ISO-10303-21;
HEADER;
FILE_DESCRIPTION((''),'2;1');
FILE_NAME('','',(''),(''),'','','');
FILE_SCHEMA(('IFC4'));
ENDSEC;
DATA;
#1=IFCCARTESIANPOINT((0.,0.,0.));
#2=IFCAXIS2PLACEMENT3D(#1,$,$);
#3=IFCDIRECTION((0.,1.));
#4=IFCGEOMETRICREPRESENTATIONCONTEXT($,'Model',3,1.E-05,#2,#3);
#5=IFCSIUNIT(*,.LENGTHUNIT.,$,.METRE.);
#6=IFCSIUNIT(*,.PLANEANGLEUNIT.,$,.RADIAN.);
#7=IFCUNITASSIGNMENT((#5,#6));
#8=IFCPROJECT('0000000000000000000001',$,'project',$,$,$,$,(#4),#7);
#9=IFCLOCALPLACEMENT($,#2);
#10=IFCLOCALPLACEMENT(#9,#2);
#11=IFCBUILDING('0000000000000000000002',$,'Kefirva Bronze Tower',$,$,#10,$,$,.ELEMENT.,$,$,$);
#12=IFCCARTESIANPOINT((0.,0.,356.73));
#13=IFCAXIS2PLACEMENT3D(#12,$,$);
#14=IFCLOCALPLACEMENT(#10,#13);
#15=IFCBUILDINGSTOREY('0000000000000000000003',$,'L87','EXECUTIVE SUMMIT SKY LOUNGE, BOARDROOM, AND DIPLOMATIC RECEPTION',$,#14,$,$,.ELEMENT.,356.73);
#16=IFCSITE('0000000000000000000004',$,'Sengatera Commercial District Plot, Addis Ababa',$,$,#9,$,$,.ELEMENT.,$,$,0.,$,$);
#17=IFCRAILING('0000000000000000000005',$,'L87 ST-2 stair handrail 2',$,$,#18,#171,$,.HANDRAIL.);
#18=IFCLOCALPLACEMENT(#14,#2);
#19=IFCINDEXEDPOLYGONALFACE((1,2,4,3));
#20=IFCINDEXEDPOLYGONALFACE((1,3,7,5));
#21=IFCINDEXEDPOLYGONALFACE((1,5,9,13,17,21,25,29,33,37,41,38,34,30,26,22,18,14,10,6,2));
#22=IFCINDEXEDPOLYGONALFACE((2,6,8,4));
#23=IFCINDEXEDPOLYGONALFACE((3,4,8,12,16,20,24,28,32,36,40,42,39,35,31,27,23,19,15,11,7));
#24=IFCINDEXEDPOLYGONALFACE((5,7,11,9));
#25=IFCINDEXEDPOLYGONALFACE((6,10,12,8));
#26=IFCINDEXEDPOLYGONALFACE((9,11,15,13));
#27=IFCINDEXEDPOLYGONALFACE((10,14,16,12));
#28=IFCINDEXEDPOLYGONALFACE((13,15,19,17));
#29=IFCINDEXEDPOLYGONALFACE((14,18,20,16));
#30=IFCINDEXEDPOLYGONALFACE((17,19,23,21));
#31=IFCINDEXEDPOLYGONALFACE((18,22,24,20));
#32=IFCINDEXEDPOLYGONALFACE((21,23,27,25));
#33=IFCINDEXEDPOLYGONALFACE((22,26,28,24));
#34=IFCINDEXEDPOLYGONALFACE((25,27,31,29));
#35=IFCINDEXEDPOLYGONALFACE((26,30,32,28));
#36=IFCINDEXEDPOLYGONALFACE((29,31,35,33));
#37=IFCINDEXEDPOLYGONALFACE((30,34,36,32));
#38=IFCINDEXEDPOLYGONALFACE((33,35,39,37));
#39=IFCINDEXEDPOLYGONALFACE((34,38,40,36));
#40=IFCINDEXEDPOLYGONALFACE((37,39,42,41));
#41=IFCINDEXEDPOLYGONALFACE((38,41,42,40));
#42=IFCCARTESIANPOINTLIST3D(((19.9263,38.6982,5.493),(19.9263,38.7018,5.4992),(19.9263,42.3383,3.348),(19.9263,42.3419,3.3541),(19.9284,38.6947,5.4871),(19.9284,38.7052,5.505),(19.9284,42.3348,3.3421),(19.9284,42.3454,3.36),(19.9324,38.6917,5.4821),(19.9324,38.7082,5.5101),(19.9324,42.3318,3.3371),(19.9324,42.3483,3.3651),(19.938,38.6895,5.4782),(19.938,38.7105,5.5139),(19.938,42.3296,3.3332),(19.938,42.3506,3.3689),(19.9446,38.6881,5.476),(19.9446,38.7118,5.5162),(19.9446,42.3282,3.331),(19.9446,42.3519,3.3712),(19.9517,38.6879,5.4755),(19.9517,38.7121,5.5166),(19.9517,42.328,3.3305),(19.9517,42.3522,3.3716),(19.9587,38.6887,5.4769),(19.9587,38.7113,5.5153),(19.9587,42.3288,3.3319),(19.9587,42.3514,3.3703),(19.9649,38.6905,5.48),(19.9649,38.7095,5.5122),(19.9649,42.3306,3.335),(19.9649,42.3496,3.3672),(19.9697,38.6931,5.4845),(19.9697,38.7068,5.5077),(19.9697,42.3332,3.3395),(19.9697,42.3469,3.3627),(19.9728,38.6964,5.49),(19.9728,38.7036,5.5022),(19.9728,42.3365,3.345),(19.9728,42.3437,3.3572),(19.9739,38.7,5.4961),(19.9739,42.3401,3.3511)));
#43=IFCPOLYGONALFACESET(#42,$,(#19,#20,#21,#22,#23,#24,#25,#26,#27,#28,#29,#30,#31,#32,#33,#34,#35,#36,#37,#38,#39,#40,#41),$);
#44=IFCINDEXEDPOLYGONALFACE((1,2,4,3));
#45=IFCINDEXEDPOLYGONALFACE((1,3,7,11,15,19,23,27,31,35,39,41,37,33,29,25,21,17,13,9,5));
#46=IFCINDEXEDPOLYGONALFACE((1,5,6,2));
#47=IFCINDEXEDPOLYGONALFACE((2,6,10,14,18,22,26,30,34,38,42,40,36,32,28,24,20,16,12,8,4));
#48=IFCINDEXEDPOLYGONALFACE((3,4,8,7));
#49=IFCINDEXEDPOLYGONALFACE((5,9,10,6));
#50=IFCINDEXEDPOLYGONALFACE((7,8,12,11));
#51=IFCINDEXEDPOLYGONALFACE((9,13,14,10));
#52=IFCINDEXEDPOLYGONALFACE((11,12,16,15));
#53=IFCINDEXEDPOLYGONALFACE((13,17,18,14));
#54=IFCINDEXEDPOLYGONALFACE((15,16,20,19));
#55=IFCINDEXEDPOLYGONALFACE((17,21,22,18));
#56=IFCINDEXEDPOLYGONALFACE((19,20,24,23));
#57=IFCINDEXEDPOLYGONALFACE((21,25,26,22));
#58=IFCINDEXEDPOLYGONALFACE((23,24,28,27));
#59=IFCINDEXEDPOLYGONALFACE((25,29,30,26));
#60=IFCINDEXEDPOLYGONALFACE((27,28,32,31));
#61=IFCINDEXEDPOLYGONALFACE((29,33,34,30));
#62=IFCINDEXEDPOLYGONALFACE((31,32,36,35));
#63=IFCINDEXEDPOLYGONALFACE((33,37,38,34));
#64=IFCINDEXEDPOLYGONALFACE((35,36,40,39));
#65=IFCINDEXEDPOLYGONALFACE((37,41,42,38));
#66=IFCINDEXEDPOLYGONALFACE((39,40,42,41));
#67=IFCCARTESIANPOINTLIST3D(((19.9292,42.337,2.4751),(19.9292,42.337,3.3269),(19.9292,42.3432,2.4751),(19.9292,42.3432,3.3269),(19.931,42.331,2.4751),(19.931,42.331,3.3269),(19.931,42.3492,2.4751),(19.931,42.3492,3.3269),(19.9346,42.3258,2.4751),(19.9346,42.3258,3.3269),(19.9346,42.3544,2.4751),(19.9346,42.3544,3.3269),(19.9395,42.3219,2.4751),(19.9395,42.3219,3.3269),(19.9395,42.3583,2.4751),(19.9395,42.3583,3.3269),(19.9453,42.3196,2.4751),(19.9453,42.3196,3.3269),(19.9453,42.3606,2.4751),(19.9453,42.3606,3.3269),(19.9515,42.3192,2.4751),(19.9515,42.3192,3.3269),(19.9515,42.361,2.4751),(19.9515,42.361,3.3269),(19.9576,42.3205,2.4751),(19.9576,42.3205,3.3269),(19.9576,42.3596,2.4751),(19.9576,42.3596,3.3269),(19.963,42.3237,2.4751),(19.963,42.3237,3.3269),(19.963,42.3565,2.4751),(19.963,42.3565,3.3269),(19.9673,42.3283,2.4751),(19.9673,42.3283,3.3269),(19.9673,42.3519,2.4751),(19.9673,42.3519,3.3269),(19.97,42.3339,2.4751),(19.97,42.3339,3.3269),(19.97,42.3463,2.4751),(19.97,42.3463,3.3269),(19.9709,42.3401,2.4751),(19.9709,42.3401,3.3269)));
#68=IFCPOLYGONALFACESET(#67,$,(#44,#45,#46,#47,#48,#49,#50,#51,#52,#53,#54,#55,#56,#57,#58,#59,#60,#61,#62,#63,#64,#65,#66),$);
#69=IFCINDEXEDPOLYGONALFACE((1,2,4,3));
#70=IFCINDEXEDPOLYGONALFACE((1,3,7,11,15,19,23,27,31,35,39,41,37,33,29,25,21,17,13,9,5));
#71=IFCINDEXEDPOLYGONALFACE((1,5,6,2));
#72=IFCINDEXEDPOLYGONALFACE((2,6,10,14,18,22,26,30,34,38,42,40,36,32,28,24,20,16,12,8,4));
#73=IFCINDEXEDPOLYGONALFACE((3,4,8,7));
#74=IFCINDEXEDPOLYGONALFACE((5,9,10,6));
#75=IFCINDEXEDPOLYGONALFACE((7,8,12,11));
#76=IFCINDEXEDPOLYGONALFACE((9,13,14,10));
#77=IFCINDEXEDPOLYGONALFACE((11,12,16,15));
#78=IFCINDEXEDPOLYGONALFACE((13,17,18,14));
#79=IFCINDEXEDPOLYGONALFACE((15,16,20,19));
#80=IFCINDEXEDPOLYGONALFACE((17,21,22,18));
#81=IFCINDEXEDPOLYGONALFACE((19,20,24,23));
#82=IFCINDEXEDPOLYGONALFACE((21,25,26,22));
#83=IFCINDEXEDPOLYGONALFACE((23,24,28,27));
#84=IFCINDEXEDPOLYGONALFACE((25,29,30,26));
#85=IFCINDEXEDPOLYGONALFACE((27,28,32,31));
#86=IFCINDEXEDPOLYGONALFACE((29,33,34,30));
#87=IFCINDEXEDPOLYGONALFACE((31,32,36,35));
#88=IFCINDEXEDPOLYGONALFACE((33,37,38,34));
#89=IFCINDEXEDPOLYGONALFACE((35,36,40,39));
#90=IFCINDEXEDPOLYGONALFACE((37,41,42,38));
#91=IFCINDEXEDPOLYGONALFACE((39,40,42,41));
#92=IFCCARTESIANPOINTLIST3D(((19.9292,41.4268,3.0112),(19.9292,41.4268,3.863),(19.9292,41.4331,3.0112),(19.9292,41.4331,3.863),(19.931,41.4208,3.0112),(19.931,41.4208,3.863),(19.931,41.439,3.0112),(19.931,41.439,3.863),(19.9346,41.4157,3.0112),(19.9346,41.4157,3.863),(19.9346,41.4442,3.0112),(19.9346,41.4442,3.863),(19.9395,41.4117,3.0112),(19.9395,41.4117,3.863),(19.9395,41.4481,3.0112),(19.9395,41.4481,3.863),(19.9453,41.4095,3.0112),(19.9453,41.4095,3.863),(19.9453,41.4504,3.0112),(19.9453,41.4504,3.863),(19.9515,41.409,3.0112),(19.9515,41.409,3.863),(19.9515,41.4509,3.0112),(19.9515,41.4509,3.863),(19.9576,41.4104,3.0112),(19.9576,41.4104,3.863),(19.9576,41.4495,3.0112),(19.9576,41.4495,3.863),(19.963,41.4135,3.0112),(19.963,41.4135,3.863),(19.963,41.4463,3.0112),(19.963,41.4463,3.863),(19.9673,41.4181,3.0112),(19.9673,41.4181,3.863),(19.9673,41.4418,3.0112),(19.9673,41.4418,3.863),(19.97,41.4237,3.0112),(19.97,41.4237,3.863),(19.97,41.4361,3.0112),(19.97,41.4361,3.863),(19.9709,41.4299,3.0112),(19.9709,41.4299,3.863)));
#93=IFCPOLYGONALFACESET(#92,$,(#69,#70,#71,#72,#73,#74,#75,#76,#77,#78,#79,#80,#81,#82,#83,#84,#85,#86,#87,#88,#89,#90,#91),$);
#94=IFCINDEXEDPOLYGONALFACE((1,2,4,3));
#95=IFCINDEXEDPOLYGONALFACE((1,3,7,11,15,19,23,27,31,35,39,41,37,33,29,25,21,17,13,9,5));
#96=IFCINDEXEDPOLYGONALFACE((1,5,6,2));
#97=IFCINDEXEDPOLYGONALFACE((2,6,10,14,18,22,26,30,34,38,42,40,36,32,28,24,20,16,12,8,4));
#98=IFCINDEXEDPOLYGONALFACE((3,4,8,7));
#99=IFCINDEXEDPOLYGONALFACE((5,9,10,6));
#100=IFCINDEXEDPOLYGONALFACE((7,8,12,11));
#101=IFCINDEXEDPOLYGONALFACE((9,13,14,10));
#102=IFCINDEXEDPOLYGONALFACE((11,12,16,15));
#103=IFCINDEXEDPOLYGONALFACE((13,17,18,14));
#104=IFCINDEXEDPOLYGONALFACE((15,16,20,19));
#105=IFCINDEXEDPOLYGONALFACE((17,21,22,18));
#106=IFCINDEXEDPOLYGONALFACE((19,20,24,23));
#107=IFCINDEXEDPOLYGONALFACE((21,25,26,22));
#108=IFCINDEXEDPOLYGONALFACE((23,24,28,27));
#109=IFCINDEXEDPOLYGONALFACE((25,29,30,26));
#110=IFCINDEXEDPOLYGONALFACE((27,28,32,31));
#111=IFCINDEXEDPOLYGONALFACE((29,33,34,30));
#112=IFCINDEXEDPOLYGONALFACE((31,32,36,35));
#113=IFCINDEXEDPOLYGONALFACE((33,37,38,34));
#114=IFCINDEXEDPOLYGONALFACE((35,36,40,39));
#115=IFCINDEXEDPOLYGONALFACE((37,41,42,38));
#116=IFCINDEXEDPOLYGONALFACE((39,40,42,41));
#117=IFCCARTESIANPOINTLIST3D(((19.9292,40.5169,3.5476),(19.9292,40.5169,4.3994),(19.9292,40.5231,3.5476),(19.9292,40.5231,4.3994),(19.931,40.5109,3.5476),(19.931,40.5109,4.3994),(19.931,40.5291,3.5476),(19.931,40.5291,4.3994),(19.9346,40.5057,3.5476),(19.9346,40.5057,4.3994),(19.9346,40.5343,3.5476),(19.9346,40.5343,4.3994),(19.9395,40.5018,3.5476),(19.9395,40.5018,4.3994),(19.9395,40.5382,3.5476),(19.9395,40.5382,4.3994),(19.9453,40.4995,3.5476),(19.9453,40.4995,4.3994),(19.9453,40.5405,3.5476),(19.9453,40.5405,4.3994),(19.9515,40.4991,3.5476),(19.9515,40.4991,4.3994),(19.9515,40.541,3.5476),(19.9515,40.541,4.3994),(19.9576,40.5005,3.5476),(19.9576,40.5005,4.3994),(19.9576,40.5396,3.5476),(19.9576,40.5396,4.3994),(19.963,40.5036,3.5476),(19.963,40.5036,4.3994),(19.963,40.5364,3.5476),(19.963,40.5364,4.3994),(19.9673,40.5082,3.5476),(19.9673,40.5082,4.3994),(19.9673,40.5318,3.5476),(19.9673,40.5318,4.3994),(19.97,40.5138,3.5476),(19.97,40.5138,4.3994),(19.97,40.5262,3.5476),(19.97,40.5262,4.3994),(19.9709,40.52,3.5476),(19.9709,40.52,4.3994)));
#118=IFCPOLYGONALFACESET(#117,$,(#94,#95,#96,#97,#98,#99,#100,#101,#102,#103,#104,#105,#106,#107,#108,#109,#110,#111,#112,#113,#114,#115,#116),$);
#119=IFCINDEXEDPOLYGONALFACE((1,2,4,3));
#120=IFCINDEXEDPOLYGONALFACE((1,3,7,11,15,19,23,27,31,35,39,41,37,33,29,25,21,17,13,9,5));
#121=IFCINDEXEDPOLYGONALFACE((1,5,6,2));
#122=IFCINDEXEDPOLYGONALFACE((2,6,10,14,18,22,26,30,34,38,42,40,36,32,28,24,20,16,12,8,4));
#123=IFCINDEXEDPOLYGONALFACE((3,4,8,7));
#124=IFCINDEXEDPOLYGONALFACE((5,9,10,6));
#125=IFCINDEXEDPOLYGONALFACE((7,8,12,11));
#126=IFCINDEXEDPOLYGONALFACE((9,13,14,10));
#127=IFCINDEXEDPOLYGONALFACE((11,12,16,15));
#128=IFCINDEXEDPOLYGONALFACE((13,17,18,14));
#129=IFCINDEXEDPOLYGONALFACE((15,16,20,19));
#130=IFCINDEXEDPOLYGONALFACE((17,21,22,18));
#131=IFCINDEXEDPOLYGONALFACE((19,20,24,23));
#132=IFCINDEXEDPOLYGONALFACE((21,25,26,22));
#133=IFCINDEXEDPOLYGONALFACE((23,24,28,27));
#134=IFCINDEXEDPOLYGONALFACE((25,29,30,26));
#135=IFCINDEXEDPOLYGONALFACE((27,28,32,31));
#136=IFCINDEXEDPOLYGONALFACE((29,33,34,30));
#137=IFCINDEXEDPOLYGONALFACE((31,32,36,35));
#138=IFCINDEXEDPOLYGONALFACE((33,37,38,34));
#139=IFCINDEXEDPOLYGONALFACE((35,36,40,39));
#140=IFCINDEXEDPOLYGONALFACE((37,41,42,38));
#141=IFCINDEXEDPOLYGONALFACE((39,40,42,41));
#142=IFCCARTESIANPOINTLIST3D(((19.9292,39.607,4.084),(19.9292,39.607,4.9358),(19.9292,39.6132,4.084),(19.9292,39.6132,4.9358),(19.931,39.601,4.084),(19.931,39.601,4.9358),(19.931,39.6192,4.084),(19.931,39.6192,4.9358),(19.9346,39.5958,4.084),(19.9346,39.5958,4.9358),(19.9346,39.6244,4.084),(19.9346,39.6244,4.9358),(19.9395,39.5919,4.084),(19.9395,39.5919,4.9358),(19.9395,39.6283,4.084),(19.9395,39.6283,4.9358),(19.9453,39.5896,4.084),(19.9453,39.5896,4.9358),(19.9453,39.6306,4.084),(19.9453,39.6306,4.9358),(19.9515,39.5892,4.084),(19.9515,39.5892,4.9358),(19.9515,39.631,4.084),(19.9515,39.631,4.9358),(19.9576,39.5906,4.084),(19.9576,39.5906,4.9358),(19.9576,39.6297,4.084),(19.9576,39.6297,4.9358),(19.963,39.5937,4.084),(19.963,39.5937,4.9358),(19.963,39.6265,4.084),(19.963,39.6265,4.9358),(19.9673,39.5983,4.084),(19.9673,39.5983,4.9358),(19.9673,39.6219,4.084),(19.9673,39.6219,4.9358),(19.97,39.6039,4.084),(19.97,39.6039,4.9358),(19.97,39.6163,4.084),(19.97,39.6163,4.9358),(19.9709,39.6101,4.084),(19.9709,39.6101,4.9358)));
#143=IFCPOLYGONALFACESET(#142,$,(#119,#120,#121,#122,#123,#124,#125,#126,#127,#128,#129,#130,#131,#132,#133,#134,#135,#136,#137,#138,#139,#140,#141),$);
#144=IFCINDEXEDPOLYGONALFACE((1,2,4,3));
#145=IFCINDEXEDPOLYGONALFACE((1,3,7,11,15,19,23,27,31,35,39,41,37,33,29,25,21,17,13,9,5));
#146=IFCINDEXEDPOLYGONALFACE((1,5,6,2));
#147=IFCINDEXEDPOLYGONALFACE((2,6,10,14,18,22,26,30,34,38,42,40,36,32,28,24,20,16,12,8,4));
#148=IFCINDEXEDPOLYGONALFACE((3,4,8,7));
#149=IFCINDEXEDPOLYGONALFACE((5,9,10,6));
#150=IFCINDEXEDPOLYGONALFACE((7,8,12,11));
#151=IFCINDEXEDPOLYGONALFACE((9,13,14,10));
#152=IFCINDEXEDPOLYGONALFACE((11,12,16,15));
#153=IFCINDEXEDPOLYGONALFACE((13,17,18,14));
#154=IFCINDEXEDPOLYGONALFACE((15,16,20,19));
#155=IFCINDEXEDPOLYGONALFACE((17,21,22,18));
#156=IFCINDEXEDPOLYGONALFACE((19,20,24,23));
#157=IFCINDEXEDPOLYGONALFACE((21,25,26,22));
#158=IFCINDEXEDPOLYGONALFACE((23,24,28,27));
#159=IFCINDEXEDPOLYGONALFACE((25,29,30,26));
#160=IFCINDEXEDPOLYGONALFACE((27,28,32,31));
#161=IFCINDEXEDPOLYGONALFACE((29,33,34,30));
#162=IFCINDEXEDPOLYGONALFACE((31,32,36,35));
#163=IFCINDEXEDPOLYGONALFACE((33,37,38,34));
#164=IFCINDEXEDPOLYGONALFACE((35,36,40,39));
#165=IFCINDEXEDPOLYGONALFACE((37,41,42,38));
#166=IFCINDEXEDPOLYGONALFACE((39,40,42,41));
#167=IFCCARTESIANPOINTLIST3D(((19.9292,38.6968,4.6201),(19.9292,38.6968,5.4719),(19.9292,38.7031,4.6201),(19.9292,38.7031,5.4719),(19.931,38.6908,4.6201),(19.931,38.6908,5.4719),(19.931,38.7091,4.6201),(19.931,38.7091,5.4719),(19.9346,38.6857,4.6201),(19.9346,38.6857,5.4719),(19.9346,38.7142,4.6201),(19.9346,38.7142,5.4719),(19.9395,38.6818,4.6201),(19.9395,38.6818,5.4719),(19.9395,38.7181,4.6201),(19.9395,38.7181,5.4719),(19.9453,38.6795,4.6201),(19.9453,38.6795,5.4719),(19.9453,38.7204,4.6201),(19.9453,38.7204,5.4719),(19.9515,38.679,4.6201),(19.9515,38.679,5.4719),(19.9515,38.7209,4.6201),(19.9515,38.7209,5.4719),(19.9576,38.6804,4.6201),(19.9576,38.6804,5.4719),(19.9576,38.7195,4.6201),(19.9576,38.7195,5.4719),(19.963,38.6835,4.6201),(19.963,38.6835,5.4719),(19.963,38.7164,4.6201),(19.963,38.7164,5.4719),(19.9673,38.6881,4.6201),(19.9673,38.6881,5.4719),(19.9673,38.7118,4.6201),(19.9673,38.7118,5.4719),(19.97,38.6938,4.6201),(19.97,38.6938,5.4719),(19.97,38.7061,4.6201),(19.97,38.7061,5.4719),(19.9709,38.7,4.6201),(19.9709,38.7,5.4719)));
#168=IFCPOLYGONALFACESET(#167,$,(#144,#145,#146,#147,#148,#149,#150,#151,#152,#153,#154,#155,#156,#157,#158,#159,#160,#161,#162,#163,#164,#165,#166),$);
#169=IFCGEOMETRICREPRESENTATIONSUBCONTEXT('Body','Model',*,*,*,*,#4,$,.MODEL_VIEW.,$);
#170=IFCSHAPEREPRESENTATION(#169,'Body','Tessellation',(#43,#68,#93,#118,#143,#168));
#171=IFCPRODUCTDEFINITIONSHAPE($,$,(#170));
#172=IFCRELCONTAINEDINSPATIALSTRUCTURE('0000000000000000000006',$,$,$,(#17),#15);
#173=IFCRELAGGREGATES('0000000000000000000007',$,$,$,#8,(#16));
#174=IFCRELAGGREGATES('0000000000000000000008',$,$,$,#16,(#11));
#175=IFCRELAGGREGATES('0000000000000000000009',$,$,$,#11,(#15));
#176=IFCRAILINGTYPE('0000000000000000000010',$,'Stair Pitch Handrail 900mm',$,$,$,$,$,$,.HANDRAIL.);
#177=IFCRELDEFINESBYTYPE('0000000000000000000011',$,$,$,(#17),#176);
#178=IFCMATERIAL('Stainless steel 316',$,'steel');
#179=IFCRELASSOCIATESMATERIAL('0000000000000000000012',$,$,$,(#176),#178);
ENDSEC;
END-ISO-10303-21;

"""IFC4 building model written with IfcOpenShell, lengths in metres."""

from ifc_helpers import new_model, si_unit, direction, frame, origin, origin_2d, place, context, subcontext, project, spatial, circle, extrude, material, type_object, element, save


model = new_model("IFC4")

# Units and contexts
model_context = context("Model", 3, precision=1e-05, world=origin(), true_north=direction((0.0, 1.0)))
body_context = subcontext(model_context, "Body", "Model", "MODEL_VIEW")
ifc_project = project(units=[si_unit("LENGTHUNIT", "METRE"), si_unit("PLANEANGLEUNIT", "RADIAN")], contexts=[model_context])

# Site, building, storey
site_placement = place(None, origin())
site = spatial("IfcSite", under=ifc_project, at=site_placement, Name="Sengatera Commercial District Plot, Addis Ababa", CompositionType="ELEMENT", RefElevation=0.0)
building_placement = place(site_placement, origin())
building = spatial("IfcBuilding", under=site, at=building_placement, Name="Kefirva Bronze Tower", CompositionType="ELEMENT")
storey_placement = place(building_placement, frame((0.0, 0.0, 356.73)))
storey = spatial("IfcBuildingStorey", under=building, at=storey_placement, Name="L87", Description="EXECUTIVE SUMMIT SKY LOUNGE, BOARDROOM, AND DIPLOMATIC RECEPTION", CompositionType="ELEMENT", Elevation=356.73)

# Shared definitions
ifc_material_1 = material(Name="Stainless steel 316", Category="steel")

# Railing
railing_type_1 = type_object("IfcRailingType", Name="Stair Pitch Handrail 900mm", PredefinedType="HANDRAIL", material=ifc_material_1)
railing_1_placement = place(storey_placement, frame((19.95, 42.3401, 2.4751)))
element("IfcRailing", 1, at=railing_1_placement, inside=storey, type_object=railing_type_1, Name="L87 ST-2 stair handrail 2", PredefinedType="HANDRAIL", context=body_context, shape_type="SweptSolid", body=[
    extrude(circle(Radius=0.0239, at=origin_2d()), frame((0.0, 0.0, 0.876), z_axis=(0.0, -0.861545, 0.507682), x_axis=(1.0, 0.0, 0.0)), (0.0, 0.0, 1.0), 4.2251),
    extrude(circle(Radius=0.021, at=origin_2d()), origin(), (0.0, 0.0, 1.0), 0.8518),
    extrude(circle(Radius=0.021, at=origin_2d()), frame((0.0, -0.9102, 0.5361)), (0.0, 0.0, 1.0), 0.8518),
    extrude(circle(Radius=0.021, at=origin_2d()), frame((0.0, -1.8201, 1.0725)), (0.0, 0.0, 1.0), 0.8518),
    extrude(circle(Radius=0.021, at=origin_2d()), frame((0.0, -2.73, 1.6089)), (0.0, 0.0, 1.0), 0.8518),
    extrude(circle(Radius=0.021, at=origin_2d()), frame((0.0, -3.6401, 2.145)), (0.0, 0.0, 1.0), 0.8518),
])

save(model, "model.ifc")
